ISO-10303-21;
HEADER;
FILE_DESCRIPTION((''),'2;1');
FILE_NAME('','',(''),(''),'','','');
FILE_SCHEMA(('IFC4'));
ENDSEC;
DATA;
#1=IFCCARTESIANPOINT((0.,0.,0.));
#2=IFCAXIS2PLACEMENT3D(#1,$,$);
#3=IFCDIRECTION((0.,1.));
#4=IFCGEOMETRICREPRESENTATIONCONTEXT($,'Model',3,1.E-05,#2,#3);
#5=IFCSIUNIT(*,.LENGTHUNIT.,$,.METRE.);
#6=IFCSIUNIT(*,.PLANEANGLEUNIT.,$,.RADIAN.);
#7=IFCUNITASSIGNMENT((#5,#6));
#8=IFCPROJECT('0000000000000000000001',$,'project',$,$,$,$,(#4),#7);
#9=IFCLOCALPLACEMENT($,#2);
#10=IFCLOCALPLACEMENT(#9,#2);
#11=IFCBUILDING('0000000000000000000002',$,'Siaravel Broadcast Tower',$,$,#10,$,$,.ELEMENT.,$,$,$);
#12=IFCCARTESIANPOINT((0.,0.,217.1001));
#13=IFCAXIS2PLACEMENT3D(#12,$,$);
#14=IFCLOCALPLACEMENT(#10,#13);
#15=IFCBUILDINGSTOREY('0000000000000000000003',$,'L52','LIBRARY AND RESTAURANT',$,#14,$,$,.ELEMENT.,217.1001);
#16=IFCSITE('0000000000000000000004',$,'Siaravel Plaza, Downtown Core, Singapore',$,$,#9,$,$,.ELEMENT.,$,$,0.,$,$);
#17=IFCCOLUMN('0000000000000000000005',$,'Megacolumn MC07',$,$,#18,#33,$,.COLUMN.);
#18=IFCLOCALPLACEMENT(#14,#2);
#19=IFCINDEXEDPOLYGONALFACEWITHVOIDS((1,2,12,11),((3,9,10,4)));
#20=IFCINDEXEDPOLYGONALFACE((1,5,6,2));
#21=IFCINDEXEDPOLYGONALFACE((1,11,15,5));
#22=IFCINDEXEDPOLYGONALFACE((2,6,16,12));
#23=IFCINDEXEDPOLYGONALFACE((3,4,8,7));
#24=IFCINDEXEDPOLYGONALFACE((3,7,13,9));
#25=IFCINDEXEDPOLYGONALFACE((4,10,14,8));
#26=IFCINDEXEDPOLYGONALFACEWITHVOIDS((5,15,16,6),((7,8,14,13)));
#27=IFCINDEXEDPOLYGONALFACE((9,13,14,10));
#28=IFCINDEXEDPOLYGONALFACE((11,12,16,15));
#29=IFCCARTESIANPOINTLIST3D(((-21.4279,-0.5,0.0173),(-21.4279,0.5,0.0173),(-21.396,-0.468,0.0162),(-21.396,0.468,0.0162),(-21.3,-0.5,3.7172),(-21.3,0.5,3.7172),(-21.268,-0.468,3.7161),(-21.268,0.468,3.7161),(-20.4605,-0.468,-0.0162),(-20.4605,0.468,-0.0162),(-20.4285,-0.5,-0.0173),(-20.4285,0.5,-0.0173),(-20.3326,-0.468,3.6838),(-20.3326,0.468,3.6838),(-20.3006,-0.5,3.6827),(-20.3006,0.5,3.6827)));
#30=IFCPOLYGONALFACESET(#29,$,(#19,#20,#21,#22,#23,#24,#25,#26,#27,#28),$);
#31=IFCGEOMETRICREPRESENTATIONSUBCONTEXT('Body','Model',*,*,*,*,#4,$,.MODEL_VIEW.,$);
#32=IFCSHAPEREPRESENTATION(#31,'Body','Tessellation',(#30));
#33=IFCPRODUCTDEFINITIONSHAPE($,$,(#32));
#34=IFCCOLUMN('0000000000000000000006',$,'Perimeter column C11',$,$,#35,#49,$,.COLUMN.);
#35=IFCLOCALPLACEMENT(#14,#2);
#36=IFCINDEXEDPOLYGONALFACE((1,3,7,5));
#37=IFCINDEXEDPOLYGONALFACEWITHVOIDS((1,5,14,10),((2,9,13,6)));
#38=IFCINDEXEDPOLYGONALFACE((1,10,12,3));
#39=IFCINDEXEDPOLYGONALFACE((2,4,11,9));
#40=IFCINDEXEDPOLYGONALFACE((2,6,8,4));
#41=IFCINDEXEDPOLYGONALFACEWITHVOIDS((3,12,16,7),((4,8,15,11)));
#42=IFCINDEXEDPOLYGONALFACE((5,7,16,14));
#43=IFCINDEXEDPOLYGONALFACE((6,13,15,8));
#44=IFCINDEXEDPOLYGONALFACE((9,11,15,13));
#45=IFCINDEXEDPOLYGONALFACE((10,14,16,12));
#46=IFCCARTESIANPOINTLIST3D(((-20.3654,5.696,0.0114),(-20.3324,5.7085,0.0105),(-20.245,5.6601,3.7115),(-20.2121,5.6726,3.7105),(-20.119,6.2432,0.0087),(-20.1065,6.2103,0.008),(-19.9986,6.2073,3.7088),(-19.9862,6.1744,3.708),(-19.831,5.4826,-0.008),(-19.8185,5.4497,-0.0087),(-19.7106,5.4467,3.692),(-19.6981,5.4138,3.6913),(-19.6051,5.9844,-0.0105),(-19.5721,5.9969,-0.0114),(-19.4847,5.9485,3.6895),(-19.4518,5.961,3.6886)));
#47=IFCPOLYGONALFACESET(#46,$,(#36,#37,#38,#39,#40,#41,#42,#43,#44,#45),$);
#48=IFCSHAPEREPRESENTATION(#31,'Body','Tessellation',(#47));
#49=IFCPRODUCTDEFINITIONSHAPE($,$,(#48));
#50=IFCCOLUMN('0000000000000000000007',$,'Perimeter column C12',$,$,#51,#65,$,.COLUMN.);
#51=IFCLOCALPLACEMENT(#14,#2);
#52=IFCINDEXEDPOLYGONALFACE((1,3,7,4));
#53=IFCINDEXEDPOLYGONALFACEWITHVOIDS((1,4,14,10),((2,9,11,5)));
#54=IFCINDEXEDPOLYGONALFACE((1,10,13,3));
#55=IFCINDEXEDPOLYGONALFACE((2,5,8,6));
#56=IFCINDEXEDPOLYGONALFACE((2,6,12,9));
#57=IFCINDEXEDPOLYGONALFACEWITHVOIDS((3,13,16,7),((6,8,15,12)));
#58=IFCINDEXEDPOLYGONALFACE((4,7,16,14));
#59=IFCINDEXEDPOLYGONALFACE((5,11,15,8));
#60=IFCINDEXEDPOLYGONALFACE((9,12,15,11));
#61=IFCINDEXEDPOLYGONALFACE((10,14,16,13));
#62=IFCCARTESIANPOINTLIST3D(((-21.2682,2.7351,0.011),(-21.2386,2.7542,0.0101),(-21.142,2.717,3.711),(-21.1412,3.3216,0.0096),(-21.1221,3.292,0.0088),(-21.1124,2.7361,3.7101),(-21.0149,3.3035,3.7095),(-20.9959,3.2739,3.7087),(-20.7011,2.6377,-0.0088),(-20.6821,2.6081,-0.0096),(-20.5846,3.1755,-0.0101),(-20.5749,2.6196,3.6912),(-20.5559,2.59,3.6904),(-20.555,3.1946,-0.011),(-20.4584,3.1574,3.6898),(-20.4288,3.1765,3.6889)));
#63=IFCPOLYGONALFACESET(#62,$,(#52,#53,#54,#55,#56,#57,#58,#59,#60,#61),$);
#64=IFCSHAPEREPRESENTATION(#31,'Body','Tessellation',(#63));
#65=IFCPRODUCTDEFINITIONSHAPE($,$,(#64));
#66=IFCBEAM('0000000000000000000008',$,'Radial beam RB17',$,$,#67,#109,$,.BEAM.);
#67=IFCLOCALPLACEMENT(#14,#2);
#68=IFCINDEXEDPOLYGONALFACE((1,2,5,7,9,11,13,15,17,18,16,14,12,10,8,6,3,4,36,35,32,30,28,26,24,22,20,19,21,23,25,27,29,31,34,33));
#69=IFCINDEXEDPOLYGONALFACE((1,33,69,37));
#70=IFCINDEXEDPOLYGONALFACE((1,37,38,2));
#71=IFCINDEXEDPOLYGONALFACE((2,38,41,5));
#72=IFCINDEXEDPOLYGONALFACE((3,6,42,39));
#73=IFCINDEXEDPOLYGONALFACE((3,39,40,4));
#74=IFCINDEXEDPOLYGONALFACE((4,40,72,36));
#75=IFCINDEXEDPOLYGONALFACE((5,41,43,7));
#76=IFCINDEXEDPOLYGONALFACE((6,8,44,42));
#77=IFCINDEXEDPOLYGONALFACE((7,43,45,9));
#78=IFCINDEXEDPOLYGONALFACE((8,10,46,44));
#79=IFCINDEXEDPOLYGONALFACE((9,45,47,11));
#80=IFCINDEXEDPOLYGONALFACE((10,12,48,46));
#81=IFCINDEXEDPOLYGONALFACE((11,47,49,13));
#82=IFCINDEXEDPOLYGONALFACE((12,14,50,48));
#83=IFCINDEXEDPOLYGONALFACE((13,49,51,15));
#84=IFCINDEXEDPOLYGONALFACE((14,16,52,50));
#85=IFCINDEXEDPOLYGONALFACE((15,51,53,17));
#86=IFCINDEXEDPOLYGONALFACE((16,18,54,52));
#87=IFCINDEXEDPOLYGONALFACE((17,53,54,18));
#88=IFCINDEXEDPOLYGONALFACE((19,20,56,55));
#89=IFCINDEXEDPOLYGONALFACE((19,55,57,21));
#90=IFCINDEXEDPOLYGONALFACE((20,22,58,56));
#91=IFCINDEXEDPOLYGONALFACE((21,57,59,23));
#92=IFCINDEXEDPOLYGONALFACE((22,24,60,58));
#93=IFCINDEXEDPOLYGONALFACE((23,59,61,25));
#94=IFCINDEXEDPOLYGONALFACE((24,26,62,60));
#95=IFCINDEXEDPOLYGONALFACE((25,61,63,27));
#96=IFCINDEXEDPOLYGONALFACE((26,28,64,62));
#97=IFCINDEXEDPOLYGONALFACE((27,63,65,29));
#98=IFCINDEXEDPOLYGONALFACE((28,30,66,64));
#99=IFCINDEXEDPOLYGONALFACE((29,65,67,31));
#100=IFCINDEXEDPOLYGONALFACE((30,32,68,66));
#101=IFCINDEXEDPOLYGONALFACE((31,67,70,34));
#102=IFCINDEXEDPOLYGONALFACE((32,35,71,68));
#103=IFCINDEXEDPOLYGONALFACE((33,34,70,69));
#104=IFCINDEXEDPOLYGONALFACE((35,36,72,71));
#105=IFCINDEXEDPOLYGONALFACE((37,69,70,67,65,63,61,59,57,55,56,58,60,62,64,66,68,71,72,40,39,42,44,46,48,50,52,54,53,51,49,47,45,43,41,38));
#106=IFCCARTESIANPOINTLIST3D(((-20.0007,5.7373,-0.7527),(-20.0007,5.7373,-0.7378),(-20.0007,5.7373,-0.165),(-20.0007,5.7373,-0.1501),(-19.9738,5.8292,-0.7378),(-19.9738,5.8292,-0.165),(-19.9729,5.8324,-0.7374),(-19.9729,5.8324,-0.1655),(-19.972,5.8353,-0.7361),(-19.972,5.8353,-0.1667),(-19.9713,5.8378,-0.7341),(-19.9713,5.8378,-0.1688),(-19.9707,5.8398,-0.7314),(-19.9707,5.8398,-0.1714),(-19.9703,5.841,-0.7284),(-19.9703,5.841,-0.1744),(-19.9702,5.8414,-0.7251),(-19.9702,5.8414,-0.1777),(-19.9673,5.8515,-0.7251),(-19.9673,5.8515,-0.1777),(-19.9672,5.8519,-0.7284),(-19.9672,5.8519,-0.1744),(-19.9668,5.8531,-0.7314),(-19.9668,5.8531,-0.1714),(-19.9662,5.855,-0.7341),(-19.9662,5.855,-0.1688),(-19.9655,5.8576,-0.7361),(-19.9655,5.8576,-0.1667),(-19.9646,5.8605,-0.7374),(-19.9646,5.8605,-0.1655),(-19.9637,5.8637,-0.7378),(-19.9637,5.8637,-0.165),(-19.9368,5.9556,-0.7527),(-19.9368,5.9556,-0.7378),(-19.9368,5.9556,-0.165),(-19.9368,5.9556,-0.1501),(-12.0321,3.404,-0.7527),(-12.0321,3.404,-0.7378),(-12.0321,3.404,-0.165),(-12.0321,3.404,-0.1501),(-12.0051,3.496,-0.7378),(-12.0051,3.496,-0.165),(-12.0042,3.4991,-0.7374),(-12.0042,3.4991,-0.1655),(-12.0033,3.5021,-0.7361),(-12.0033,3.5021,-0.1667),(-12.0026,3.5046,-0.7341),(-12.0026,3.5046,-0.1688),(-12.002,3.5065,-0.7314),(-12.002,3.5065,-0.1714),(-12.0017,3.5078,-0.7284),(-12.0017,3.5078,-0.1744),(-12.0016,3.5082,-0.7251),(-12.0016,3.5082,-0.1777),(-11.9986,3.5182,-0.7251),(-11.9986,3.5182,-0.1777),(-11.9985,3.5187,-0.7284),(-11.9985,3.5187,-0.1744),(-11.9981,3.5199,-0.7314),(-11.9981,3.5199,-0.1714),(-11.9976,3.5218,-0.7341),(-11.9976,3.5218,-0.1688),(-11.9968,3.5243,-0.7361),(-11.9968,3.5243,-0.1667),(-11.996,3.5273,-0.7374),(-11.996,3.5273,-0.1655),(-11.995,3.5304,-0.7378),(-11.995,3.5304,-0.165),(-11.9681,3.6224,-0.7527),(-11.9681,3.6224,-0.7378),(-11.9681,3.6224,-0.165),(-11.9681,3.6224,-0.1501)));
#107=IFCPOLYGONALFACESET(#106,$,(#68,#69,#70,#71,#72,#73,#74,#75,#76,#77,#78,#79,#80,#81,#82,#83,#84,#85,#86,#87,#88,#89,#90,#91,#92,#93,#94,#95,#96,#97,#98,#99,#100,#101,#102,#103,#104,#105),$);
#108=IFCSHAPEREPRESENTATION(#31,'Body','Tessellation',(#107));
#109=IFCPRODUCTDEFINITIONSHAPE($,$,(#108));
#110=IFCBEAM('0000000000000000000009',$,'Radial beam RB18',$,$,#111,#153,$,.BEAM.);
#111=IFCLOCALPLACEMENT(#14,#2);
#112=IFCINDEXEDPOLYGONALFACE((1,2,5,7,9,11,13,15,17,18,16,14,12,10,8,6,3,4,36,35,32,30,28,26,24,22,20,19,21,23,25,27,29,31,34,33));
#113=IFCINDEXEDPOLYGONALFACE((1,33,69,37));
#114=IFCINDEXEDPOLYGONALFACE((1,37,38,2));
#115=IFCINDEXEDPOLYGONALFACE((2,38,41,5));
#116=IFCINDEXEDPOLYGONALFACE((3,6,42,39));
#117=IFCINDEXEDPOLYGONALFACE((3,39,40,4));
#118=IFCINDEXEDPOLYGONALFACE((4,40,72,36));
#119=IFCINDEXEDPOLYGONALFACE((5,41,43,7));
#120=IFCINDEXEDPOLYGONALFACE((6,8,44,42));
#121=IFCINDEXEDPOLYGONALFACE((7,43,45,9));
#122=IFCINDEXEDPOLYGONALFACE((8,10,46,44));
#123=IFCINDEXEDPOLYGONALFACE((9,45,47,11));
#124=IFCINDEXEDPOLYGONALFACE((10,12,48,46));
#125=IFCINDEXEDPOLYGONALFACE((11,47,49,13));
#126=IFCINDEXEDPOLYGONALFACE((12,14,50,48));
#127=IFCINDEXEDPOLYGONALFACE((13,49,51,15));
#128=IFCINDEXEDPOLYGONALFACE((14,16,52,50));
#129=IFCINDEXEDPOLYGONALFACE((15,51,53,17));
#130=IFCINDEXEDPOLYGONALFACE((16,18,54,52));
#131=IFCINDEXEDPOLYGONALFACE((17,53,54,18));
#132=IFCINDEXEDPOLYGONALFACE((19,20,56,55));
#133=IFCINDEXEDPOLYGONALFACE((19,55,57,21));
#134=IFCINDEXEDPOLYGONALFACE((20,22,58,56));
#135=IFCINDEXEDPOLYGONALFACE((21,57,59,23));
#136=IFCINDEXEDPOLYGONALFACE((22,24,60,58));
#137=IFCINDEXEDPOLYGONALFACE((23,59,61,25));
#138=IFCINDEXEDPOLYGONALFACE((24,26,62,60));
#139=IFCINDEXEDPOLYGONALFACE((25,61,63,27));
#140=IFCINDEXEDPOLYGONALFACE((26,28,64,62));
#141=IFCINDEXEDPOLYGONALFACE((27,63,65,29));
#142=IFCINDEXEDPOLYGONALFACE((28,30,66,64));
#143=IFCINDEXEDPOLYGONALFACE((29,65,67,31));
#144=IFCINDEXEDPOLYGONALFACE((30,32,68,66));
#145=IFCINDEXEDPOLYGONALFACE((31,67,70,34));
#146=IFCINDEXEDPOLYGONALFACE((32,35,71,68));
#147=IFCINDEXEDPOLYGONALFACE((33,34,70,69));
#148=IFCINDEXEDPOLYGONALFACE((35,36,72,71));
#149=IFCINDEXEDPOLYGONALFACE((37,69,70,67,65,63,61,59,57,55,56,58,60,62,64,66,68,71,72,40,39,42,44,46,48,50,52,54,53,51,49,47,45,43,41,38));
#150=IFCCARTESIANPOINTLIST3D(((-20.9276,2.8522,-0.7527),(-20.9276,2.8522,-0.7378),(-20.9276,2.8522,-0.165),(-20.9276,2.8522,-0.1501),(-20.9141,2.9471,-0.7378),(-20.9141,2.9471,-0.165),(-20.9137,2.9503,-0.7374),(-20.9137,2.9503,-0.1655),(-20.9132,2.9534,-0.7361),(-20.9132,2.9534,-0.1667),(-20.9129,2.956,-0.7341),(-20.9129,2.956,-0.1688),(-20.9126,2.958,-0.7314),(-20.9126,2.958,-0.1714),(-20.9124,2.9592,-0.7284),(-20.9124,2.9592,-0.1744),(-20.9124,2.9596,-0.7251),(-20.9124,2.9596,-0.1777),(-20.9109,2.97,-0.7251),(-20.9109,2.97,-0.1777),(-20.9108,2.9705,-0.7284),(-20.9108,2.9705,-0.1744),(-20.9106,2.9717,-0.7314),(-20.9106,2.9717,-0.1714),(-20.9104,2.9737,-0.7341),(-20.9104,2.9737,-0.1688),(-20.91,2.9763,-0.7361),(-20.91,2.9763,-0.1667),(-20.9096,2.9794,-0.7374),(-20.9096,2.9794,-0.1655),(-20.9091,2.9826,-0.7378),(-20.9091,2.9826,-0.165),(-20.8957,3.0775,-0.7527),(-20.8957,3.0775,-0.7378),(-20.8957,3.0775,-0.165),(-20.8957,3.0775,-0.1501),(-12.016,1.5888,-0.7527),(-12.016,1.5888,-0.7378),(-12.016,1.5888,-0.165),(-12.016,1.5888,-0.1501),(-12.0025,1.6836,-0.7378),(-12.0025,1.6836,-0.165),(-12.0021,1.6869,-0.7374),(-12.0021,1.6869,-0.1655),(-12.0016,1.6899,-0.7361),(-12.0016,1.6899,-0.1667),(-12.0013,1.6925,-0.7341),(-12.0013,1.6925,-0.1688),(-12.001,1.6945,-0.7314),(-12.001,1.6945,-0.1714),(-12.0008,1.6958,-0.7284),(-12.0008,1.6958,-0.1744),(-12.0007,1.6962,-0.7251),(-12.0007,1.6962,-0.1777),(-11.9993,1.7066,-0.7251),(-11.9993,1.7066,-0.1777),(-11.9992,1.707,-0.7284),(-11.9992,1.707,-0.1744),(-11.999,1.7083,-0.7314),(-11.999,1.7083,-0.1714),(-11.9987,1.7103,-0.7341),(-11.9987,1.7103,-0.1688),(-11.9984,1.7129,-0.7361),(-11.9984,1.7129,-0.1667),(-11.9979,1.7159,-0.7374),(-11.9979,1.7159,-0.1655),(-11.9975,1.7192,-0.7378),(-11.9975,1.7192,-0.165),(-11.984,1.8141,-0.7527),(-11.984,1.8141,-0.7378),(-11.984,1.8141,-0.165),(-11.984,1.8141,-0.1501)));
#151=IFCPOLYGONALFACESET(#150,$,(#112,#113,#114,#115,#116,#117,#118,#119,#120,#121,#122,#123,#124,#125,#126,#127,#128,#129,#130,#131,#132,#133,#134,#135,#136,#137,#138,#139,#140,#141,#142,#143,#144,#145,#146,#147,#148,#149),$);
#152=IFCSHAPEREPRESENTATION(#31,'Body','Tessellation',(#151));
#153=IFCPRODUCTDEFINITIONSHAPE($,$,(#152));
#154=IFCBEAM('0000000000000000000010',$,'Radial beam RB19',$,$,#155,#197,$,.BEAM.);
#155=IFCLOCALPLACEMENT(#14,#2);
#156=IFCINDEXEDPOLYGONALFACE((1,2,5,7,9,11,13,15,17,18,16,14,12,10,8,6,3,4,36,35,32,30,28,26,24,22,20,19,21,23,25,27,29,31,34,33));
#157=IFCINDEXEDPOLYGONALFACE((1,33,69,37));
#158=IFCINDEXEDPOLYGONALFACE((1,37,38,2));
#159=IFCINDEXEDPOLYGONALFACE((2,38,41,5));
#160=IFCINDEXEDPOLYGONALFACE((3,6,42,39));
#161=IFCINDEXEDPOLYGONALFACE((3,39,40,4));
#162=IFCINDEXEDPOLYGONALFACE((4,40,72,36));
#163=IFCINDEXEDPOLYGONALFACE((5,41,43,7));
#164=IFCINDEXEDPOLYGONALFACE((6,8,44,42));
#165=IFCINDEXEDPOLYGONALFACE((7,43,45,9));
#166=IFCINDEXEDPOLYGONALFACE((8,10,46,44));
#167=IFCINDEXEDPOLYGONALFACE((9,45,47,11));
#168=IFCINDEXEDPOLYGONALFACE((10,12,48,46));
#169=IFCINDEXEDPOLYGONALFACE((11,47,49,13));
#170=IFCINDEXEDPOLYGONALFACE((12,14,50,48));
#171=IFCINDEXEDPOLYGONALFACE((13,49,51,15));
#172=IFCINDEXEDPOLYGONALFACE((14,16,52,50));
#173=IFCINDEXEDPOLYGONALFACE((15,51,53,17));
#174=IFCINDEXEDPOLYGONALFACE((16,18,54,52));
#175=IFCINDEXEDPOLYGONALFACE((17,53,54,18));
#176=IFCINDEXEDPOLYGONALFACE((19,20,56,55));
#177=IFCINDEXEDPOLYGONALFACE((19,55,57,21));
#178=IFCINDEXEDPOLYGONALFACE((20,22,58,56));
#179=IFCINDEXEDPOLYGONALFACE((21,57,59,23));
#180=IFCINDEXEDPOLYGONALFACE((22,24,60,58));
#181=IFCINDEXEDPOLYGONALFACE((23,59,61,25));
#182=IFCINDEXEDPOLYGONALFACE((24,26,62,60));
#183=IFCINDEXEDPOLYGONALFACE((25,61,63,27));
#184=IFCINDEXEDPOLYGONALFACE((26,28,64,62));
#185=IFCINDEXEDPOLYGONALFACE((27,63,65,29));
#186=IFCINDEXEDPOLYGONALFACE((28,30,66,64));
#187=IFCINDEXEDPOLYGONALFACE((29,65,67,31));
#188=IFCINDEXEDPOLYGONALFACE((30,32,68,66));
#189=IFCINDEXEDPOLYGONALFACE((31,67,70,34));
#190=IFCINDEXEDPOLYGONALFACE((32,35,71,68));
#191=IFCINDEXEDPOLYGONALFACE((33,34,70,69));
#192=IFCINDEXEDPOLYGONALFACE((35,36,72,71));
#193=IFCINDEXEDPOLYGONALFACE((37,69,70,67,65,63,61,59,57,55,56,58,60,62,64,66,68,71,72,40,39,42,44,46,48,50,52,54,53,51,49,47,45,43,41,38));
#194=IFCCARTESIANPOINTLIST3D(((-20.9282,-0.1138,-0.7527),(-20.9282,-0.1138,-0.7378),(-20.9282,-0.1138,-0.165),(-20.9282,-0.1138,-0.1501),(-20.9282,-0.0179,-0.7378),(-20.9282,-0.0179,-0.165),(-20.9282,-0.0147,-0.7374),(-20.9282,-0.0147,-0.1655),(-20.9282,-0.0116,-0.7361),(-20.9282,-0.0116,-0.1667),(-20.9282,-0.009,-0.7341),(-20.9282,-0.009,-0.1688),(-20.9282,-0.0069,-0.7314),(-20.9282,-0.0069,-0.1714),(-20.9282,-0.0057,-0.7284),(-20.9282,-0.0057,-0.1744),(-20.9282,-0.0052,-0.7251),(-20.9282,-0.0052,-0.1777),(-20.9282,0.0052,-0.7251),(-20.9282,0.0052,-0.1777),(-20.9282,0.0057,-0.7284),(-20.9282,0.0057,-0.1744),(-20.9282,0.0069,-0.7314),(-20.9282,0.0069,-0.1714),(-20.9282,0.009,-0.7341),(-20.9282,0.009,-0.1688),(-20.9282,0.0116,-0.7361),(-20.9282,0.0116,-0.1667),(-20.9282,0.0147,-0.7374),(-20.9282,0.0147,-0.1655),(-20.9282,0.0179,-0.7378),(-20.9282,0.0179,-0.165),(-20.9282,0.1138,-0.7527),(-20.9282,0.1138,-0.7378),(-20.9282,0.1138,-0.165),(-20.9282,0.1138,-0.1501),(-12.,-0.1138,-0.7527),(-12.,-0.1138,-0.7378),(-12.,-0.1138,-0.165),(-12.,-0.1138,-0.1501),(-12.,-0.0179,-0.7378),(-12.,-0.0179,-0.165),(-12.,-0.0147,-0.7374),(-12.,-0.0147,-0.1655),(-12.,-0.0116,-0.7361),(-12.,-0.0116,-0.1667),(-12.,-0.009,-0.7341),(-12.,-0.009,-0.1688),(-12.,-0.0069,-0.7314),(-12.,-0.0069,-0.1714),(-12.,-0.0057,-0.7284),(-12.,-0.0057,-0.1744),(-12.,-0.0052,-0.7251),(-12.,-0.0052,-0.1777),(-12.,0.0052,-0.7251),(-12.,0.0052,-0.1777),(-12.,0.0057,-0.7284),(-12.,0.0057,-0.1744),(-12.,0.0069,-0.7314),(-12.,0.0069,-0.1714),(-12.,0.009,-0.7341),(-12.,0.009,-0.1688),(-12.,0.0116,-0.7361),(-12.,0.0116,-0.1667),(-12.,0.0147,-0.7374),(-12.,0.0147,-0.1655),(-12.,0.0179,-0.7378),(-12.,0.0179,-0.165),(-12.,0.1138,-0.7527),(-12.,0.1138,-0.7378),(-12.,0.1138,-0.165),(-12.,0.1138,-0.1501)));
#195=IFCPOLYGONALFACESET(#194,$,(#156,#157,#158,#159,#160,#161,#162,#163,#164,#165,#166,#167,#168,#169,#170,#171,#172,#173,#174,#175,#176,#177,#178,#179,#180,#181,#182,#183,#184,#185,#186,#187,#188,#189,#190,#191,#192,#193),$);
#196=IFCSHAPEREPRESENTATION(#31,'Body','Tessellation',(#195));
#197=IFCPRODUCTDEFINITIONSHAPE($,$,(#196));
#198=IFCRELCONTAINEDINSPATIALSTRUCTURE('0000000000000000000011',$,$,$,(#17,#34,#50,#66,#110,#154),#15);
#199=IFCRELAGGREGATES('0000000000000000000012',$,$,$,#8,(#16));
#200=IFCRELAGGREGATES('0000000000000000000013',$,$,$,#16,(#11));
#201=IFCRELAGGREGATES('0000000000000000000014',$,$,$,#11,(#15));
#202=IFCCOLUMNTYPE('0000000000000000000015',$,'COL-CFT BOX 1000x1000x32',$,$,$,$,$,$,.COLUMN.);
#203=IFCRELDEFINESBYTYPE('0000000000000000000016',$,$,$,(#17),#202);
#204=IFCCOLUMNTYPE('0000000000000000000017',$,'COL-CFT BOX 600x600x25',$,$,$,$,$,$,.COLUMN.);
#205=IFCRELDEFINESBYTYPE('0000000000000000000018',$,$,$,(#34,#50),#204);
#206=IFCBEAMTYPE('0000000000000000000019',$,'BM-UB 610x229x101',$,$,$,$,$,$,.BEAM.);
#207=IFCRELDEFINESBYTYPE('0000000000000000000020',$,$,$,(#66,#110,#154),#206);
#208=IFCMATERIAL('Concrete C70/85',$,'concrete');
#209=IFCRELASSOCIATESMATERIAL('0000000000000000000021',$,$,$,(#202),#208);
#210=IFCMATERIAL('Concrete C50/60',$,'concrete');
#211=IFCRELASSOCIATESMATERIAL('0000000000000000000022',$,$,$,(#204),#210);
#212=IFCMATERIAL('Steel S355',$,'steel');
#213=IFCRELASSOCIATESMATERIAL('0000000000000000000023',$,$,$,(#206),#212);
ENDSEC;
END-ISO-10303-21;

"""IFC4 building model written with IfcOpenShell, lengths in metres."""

from ifc_helpers import new_model, si_unit, direction, frame, origin, origin_2d, place, context, subcontext, project, spatial, hollow_rectangle, i_section, extrude, material, material_profile, profile_set, type_object, element, save


model = new_model("IFC4")

# Units and contexts
model_context = context("Model", 3, precision=1e-05, world=origin(), true_north=direction((0.0, 1.0)))
body_context = subcontext(model_context, "Body", "Model", "MODEL_VIEW")
ifc_project = project(units=[si_unit("LENGTHUNIT", "METRE"), si_unit("PLANEANGLEUNIT", "RADIAN")], contexts=[model_context])

# Site, building, storey
site_placement = place(None, origin())
site = spatial("IfcSite", under=ifc_project, at=site_placement, Name="Siaravel Plaza, Downtown Core, Singapore", CompositionType="ELEMENT", RefElevation=0.0)
building_placement = place(site_placement, origin())
building = spatial("IfcBuilding", under=site, at=building_placement, Name="Siaravel Broadcast Tower", CompositionType="ELEMENT")
storey_placement = place(building_placement, frame((0.0, 0.0, 217.1001)))
storey = spatial("IfcBuildingStorey", under=building, at=storey_placement, Name="L52", Description="LIBRARY AND RESTAURANT", CompositionType="ELEMENT", Elevation=217.1001)

# Columns
ifc_material_1 = material(Name="Concrete C70/85", Category="concrete")
ifc_material_profile_1 = material_profile(ifc_material_1, hollow_rectangle(XDim=1.0, YDim=1.0, WallThickness=0.032, at=origin_2d()))
ifc_profile_set_1 = profile_set([ifc_material_profile_1], Name="Concrete C70/85")
column_type_1 = type_object("IfcColumnType", Name="COL-CFT BOX 1000x1000x32", PredefinedType="COLUMN", material=ifc_profile_set_1)
column_placement = place(storey_placement, frame((-20.9282, 0.0, 0.0), z_axis=(0.034555, 0.0, 0.999403), x_axis=(0.0, 1.0, 0.0)))
element("IfcColumn", 1, at=column_placement, inside=storey, type_object=column_type_1, Name="Megacolumn MC07", PredefinedType="COLUMN", context=body_context, shape_type="SweptSolid", body=[
    extrude(hollow_rectangle(XDim=1.0, YDim=1.0, WallThickness=0.032, at=origin_2d()), origin(), (0.0, 0.0, 1.0), 3.7021),
])
ifc_material_2 = material(Name="Concrete C50/60", Category="concrete")
ifc_material_profile_2 = material_profile(ifc_material_2, hollow_rectangle(XDim=0.6001, YDim=0.6001, WallThickness=0.0249, at=origin_2d()))
ifc_profile_set_2 = profile_set([ifc_material_profile_2], Name="Concrete C50/60")
column_type_2 = type_object("IfcColumnType", Name="COL-CFT BOX 600x600x25", PredefinedType="COLUMN", material=ifc_profile_set_2)
for number, where, z_axis, x_axis, name in (
    (2, (-19.9688, 5.8464, 0.0), (0.032512, -0.009694, 0.999424), (0.410522, 0.91184, -0.00451), "Perimeter column C11"),
    (3, (-20.9116, 2.9648, 0.0), (0.034094, -0.00488, 0.999407), (0.211703, 0.977331, -0.00245), "Perimeter column C12"),
):
    element("IfcColumn", number, at=place(storey_placement, frame(where, z_axis=z_axis, x_axis=x_axis)), inside=storey, type_object=column_type_2, Name=name, PredefinedType="COLUMN", context=body_context, shape_type="SweptSolid", body=[
        extrude(hollow_rectangle(XDim=0.6001, YDim=0.6001, WallThickness=0.0249, at=origin_2d()), origin(), (0.0, 0.0, 1.0), 3.7021),
    ])

# Beams
ifc_material_3 = material(Name="Steel S355", Category="steel")
ifc_material_profile_3 = material_profile(ifc_material_3, i_section(OverallWidth=0.2275, OverallDepth=0.6025, WebThickness=0.0105, FlangeThickness=0.0149, FilletRadius=0.0127, at=origin_2d()))
ifc_profile_set_3 = profile_set([ifc_material_profile_3], Name="Steel S355")
beam_type = type_object("IfcBeamType", Name="BM-UB 610x229x101", PredefinedType="BEAM", material=ifc_profile_set_3)
beam_1_placement = place(storey_placement, frame((-19.9688, 5.8464, -0.4514), z_axis=(0.959707, -0.281002, 0.0), x_axis=(0.281002, 0.959707, 0.0)))
element("IfcBeam", 4, at=beam_1_placement, inside=storey, type_object=beam_type, Name="Radial beam RB17", PredefinedType="BEAM", context=body_context, shape_type="SweptSolid", body=[
    extrude(i_section(OverallWidth=0.2275, OverallDepth=0.6025, WebThickness=0.0105, FlangeThickness=0.0149, FilletRadius=0.0127, at=origin_2d()), origin(), (0.0, 0.0, 1.0), 8.3032),
])
beam_2_placement = place(storey_placement, frame((-20.9116, 2.9648, -0.4514), z_axis=(0.990099, -0.140369, 0.0), x_axis=(0.140369, 0.990099, 0.0)))
element("IfcBeam", 5, at=beam_2_placement, inside=storey, type_object=beam_type, Name="Radial beam RB18", PredefinedType="BEAM", context=body_context, shape_type="SweptSolid", body=[
    extrude(i_section(OverallWidth=0.2275, OverallDepth=0.6025, WebThickness=0.0105, FlangeThickness=0.0149, FilletRadius=0.0127, at=origin_2d()), origin(), (0.0, 0.0, 1.0), 9.0007),
])
beam_3_placement = place(storey_placement, frame((-20.9282, 0.0, -0.4514), z_axis=(1.0, 0.0, 0.0), x_axis=(0.0, 1.0, 0.0)))
element("IfcBeam", 6, at=beam_3_placement, inside=storey, type_object=beam_type, Name="Radial beam RB19", PredefinedType="BEAM", context=body_context, shape_type="SweptSolid", body=[
    extrude(i_section(OverallWidth=0.2275, OverallDepth=0.6025, WebThickness=0.0105, FlangeThickness=0.0149, FilletRadius=0.0127, at=origin_2d()), origin(), (0.0, 0.0, 1.0), 8.9282),
])

save(model, "model.ifc")
